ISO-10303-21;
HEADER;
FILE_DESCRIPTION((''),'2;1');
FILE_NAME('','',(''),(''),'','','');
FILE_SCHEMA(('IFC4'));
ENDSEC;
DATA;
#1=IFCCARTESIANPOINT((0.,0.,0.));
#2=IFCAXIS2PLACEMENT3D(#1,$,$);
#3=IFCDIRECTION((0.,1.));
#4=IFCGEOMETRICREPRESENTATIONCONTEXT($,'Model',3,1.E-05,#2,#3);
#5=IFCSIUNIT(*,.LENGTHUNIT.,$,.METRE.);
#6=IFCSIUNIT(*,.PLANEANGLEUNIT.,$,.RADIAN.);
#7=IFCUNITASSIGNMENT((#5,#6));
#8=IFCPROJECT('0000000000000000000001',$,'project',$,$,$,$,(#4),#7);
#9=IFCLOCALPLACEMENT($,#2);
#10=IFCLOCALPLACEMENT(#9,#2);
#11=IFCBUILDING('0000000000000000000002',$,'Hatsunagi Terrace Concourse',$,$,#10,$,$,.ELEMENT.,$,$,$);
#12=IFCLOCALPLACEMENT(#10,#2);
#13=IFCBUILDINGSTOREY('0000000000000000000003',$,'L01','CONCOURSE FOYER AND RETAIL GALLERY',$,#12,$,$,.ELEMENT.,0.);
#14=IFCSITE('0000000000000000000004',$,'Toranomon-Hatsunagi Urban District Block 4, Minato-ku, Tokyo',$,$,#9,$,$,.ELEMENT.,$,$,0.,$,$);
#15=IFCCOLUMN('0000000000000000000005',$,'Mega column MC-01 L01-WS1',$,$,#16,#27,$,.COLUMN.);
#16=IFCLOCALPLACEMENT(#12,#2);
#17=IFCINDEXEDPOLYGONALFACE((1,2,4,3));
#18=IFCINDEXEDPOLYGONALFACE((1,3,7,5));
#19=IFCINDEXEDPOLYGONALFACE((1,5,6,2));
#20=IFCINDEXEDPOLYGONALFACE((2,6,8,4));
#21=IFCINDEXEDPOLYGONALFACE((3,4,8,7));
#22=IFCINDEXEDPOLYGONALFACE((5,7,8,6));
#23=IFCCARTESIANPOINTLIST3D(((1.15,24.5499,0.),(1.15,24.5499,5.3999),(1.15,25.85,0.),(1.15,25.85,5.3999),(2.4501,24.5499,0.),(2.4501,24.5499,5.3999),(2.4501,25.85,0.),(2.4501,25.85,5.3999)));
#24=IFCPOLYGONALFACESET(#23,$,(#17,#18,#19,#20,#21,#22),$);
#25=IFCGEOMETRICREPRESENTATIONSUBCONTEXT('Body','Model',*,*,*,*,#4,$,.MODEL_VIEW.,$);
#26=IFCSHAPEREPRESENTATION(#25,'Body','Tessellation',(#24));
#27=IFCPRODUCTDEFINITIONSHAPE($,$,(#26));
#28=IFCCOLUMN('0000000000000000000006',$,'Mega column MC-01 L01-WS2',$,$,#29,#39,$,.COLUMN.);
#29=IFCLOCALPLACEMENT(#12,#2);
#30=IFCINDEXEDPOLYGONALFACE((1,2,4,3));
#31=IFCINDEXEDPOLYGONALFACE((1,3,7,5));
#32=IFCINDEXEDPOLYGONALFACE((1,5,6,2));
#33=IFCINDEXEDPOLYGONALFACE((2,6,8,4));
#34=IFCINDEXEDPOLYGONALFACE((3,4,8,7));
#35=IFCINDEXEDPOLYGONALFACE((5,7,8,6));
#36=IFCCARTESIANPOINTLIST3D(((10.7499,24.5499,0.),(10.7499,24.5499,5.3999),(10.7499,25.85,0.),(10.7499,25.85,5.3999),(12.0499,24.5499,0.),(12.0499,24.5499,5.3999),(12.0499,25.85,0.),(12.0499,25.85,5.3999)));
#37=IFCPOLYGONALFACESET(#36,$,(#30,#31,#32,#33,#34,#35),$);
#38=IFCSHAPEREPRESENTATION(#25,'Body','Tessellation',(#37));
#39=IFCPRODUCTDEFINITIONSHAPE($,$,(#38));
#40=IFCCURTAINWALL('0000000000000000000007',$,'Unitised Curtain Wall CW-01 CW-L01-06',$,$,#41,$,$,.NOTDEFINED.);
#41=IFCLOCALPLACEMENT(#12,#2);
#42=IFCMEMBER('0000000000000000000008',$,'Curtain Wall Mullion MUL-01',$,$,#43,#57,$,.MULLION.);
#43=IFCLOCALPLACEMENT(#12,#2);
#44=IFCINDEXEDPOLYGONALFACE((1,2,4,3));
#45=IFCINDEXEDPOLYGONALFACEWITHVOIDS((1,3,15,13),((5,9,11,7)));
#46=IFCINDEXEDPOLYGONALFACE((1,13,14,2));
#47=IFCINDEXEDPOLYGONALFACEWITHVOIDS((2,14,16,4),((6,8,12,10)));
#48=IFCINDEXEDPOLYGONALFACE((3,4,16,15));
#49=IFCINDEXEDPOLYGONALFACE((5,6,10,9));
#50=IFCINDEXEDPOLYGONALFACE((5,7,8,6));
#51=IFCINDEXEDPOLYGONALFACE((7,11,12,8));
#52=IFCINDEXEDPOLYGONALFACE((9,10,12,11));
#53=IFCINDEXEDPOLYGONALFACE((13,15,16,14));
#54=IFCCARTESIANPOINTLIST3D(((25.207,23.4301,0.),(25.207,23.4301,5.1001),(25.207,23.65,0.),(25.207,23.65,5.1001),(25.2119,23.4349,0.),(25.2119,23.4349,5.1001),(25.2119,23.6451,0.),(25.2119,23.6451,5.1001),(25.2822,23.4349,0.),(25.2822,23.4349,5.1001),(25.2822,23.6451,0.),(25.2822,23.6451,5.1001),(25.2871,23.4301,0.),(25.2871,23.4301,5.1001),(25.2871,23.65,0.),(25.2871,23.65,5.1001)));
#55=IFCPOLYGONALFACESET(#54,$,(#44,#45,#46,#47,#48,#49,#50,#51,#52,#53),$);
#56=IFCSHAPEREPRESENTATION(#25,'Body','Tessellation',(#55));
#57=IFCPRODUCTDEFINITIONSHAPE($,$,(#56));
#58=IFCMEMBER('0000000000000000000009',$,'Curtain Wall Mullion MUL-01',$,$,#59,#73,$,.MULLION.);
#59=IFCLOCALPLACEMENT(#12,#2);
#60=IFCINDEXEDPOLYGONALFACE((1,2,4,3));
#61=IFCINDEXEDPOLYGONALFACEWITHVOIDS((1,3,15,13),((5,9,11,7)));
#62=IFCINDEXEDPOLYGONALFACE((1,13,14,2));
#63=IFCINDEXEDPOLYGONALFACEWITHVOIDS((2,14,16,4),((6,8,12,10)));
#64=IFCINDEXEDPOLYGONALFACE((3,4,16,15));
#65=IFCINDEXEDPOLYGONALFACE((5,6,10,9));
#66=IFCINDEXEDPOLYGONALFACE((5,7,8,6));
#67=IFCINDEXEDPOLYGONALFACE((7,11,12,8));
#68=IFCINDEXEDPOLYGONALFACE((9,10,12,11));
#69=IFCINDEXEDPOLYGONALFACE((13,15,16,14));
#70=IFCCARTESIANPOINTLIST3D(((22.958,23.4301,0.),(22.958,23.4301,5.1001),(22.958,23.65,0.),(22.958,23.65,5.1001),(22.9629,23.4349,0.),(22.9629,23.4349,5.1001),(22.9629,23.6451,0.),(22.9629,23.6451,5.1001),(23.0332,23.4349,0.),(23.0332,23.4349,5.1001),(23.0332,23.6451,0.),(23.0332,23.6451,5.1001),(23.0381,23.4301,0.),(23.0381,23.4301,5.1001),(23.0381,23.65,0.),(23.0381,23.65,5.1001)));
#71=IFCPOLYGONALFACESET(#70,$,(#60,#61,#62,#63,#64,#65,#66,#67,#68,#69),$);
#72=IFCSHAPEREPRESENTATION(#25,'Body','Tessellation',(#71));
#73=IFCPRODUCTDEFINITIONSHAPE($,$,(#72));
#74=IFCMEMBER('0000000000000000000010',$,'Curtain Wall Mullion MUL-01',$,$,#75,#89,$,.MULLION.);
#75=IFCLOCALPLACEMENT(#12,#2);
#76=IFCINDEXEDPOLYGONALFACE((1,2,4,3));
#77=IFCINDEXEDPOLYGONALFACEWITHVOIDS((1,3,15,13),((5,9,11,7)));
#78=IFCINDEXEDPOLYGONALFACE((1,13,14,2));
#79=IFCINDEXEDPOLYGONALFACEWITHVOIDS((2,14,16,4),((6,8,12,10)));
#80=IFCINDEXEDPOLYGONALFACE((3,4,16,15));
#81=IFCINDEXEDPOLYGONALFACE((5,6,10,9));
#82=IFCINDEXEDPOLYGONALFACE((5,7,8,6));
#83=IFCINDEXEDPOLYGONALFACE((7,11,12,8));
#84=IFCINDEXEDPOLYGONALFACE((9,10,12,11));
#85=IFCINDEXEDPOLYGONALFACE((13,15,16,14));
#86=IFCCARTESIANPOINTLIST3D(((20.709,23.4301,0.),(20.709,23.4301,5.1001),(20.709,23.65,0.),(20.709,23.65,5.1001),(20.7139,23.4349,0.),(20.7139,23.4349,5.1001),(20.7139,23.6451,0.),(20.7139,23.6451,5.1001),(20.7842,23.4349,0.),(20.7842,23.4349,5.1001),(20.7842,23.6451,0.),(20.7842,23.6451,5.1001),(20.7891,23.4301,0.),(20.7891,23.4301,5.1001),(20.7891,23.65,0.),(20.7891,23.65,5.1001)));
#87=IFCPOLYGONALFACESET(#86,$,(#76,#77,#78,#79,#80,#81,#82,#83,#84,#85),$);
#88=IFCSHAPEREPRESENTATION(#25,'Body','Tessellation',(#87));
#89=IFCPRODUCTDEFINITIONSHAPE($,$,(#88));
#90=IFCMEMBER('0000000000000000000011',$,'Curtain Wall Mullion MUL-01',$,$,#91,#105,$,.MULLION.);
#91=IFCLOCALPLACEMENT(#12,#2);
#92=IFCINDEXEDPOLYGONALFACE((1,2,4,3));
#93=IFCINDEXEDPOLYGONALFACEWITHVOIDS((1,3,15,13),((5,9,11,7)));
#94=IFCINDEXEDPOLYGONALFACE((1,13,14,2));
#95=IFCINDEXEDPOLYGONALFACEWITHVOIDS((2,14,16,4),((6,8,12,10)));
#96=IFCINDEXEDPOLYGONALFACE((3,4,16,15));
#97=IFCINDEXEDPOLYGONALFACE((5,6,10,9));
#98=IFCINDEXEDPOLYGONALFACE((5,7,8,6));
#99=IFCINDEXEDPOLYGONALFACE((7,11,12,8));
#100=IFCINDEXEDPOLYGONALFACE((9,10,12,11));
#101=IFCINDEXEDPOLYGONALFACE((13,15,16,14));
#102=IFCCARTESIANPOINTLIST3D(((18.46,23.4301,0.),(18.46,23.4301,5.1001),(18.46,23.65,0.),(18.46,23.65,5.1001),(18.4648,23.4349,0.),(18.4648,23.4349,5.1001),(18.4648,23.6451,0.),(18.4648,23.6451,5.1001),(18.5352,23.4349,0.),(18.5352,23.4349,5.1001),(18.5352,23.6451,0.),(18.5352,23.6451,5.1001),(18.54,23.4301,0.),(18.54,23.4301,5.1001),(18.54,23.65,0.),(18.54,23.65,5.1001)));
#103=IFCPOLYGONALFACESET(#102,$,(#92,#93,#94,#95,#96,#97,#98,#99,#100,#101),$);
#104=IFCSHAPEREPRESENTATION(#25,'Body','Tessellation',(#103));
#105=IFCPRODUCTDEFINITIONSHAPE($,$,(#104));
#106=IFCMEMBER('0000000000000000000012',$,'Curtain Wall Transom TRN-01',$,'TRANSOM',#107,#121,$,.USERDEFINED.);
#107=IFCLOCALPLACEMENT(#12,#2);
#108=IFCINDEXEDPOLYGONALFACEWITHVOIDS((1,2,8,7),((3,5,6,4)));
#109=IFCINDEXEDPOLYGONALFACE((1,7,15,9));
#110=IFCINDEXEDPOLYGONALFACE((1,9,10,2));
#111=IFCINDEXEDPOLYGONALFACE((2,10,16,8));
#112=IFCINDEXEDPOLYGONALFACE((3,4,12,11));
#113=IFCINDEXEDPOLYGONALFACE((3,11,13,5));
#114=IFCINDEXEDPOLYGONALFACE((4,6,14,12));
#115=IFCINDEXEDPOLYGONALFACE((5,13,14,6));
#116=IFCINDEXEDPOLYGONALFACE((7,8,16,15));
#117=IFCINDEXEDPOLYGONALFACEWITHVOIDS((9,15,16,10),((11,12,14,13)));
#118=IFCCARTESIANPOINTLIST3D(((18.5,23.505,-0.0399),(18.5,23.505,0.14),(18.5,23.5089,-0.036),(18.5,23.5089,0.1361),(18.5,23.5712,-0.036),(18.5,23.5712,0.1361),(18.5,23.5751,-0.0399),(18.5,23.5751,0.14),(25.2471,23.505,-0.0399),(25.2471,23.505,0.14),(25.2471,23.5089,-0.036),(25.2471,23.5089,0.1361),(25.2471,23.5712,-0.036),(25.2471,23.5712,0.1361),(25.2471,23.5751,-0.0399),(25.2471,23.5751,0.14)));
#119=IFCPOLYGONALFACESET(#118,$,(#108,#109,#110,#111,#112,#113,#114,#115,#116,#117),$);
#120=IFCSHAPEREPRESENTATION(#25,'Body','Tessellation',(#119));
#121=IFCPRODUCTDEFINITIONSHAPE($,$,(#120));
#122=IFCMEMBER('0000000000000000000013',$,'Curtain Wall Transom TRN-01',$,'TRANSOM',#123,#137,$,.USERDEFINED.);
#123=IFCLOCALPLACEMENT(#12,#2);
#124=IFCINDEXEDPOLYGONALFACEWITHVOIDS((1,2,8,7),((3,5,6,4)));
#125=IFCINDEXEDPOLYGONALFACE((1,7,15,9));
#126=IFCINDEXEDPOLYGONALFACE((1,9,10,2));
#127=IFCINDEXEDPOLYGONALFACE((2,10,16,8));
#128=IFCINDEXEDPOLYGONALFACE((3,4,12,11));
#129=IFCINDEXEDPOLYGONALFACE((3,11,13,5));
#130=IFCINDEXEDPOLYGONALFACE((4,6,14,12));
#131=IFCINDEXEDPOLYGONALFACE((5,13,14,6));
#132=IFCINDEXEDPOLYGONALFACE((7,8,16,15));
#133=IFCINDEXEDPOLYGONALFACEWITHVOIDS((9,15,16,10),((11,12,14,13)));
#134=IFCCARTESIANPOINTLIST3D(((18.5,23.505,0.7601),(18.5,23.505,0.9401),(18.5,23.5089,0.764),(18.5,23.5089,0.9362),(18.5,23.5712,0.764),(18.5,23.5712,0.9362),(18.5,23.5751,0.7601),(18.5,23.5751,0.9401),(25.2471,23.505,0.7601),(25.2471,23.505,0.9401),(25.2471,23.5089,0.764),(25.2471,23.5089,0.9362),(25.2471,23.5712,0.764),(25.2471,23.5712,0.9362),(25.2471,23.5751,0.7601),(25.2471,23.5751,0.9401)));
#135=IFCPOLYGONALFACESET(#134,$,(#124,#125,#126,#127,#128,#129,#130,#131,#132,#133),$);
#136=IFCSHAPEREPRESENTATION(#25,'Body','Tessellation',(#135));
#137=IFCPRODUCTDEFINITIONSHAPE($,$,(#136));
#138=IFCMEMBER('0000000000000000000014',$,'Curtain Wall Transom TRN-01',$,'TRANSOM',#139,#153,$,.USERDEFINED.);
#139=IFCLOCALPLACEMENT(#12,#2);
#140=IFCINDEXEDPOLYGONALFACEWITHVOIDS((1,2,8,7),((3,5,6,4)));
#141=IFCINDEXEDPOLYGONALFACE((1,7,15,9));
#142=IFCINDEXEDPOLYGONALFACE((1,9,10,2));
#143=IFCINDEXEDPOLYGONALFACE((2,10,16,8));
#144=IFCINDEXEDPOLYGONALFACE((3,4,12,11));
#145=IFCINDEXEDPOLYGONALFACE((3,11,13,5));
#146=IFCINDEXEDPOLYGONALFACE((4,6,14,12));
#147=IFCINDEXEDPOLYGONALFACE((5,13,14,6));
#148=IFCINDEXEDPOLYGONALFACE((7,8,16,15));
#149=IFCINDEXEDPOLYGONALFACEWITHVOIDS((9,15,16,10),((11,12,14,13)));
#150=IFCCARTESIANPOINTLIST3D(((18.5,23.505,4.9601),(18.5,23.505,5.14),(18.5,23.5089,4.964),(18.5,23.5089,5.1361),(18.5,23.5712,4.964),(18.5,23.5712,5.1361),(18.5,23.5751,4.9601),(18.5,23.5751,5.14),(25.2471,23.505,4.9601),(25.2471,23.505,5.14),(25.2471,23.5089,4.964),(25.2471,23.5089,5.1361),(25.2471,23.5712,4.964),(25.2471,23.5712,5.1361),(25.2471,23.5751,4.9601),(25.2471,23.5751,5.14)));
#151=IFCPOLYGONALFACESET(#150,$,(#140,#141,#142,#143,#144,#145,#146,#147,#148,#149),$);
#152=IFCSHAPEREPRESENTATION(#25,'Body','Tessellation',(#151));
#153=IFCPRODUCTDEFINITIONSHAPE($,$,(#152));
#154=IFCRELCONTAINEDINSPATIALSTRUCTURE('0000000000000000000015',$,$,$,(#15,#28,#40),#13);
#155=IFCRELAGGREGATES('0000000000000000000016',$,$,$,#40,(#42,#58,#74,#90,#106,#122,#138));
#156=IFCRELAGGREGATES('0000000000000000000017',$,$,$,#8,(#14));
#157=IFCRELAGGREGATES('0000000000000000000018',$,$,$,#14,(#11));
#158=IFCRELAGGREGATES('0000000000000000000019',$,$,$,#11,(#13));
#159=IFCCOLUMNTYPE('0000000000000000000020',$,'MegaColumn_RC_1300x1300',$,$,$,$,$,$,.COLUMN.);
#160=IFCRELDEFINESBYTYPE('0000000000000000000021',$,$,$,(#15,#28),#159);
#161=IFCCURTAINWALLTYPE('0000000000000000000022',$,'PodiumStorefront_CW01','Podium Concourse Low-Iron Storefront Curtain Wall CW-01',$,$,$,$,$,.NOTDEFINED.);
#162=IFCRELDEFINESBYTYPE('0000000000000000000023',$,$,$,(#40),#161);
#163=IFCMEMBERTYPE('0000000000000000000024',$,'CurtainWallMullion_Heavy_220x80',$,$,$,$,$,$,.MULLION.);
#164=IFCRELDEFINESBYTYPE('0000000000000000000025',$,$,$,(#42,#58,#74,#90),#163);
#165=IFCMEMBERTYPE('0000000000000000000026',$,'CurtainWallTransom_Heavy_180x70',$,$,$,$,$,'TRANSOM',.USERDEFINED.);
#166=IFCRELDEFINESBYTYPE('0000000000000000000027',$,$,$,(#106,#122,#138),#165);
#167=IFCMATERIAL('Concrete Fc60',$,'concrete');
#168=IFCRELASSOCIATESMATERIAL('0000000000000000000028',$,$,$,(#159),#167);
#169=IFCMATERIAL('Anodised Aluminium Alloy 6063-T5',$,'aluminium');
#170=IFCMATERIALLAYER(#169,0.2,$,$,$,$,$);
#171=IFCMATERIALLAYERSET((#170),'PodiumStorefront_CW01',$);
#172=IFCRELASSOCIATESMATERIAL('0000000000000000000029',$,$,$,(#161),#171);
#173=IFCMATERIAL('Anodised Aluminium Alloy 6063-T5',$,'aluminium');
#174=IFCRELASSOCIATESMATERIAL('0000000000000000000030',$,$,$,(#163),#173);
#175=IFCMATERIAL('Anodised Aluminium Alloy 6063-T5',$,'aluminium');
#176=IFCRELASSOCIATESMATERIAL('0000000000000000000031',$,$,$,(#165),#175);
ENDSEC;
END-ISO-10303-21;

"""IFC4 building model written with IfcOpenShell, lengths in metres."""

from ifc_helpers import new_model, si_unit, direction, frame, origin, origin_2d, place, context, subcontext, project, spatial, rectangle, hollow_rectangle, extrude, material, layer, layer_set, material_profile, profile_set, type_object, element, aggregate, save


model = new_model("IFC4")

# Units and contexts
model_context = context("Model", 3, precision=1e-05, world=origin(), true_north=direction((0.0, 1.0)))
body_context = subcontext(model_context, "Body", "Model", "MODEL_VIEW")
ifc_project = project(units=[si_unit("LENGTHUNIT", "METRE"), si_unit("PLANEANGLEUNIT", "RADIAN")], contexts=[model_context])

# Site, building, storey
site_placement = place(None, origin())
site = spatial("IfcSite", under=ifc_project, at=site_placement, Name="Toranomon-Hatsunagi Urban District Block 4, Minato-ku, Tokyo", CompositionType="ELEMENT", RefElevation=0.0)
building_placement = place(site_placement, origin())
building = spatial("IfcBuilding", under=site, at=building_placement, Name="Hatsunagi Terrace Concourse", CompositionType="ELEMENT")
storey_placement = place(building_placement, origin())
storey = spatial("IfcBuildingStorey", under=building, at=storey_placement, Name="L01", Description="CONCOURSE FOYER AND RETAIL GALLERY", CompositionType="ELEMENT", Elevation=0.0)

# Columns
ifc_material_1 = material(Name="Concrete Fc60", Category="concrete")
ifc_material_profile_1 = material_profile(ifc_material_1, rectangle(XDim=1.3, YDim=1.3, at=origin_2d()), Name="RC-1300x1300")
ifc_profile_set_1 = profile_set([ifc_material_profile_1], Name="Concrete Fc60")
column_type = type_object("IfcColumnType", Name="MegaColumn_RC_1300x1300", PredefinedType="COLUMN", material=ifc_profile_set_1)
for number, where, z_axis, x_axis, name in (
    (1, (1.8, 25.2, 0.0), (0.0, 0.0, 1.0), (1.0, 0.0, 0.0), "Mega column MC-01 L01-WS1"),
    (2, (11.3999, 25.2, 0.0), (0.0, 0.0, 1.0), (1.0, 0.0, 0.0), "Mega column MC-01 L01-WS2"),
):
    element("IfcColumn", number, at=place(storey_placement, frame(where, z_axis=z_axis, x_axis=x_axis)), inside=storey, type_object=column_type, Name=name, PredefinedType="COLUMN", context=body_context, shape_type="SweptSolid", body=[
        extrude(rectangle(XDim=1.3, YDim=1.3, at=origin_2d()), origin(), (0.0, 0.0, 1.0), 5.3999),
    ])

# Curtain wall, members
ifc_material_2 = material(Name="Anodised Aluminium Alloy 6063-T5", Category="aluminium")
ifc_layer_1 = layer(ifc_material_2, 0.2)
ifc_layer_set_1 = layer_set([ifc_layer_1], Name="PodiumStorefront_CW01")
curtain_wall_type = type_object("IfcCurtainWallType", Name="PodiumStorefront_CW01", Description="Podium Concourse Low-Iron Storefront Curtain Wall CW-01", PredefinedType="NOTDEFINED", material=ifc_layer_set_1)
curtain_wall_placement = place(storey_placement, origin())
curtain_wall = element("IfcCurtainWall", 3, at=curtain_wall_placement, inside=storey, type_object=curtain_wall_type, Name="Unitised Curtain Wall CW-01 CW-L01-06", PredefinedType="NOTDEFINED")
ifc_material_3 = material(Name="Anodised Aluminium Alloy 6063-T5", Category="aluminium")
ifc_material_profile_2 = material_profile(ifc_material_3, hollow_rectangle(XDim=0.0801, YDim=0.22, WallThickness=0.0049, at=origin_2d()), Name="ALU-MUL-220x80x5")
ifc_profile_set_2 = profile_set([ifc_material_profile_2], Name="Anodised Aluminium Alloy 6063-T5")
member_type_1 = type_object("IfcMemberType", Name="CurtainWallMullion_Heavy_220x80", PredefinedType="MULLION", material=ifc_profile_set_2)
member_1_placement = place(storey_placement, frame((25.2471, 23.54, 0.0), z_axis=(0.0, 0.0, 1.0), x_axis=(-1.0, 0.0, 0.0)))
member_1 = element("IfcMember", 4, at=member_1_placement, type_object=member_type_1, Name="Curtain Wall Mullion MUL-01", PredefinedType="MULLION", context=body_context, shape_type="SweptSolid", body=[
    extrude(hollow_rectangle(XDim=0.0801, YDim=0.22, WallThickness=0.0049, at=origin_2d()), origin(), (0.0, 0.0, 1.0), 5.1001),
])
member_2_placement = place(storey_placement, frame((22.998, 23.54, 0.0), z_axis=(0.0, 0.0, 1.0), x_axis=(-1.0, 0.0, 0.0)))
member_2 = element("IfcMember", 5, at=member_2_placement, type_object=member_type_1, Name="Curtain Wall Mullion MUL-01", PredefinedType="MULLION", context=body_context, shape_type="SweptSolid", body=[
    extrude(hollow_rectangle(XDim=0.0801, YDim=0.22, WallThickness=0.0049, at=origin_2d()), origin(), (0.0, 0.0, 1.0), 5.1001),
])
member_3_placement = place(storey_placement, frame((20.749, 23.54, 0.0), z_axis=(0.0, 0.0, 1.0), x_axis=(-1.0, 0.0, 0.0)))
member_3 = element("IfcMember", 6, at=member_3_placement, type_object=member_type_1, Name="Curtain Wall Mullion MUL-01", PredefinedType="MULLION", context=body_context, shape_type="SweptSolid", body=[
    extrude(hollow_rectangle(XDim=0.0801, YDim=0.22, WallThickness=0.0049, at=origin_2d()), origin(), (0.0, 0.0, 1.0), 5.1001),
])
member_4_placement = place(storey_placement, frame((18.5, 23.54, 0.0), z_axis=(0.0, 0.0, 1.0), x_axis=(-1.0, 0.0, 0.0)))
member_4 = element("IfcMember", 7, at=member_4_placement, type_object=member_type_1, Name="Curtain Wall Mullion MUL-01", PredefinedType="MULLION", context=body_context, shape_type="SweptSolid", body=[
    extrude(hollow_rectangle(XDim=0.0801, YDim=0.22, WallThickness=0.0049, at=origin_2d()), origin(), (0.0, 0.0, 1.0), 5.1001),
])
ifc_material_4 = material(Name="Anodised Aluminium Alloy 6063-T5", Category="aluminium")
ifc_material_profile_3 = material_profile(ifc_material_4, hollow_rectangle(XDim=0.0701, YDim=0.1799, WallThickness=0.0039, at=origin_2d()), Name="ALU-TRN-180x70x4")
ifc_profile_set_3 = profile_set([ifc_material_profile_3], Name="Anodised Aluminium Alloy 6063-T5")
member_type_2 = type_object("IfcMemberType", Name="CurtainWallTransom_Heavy_180x70", ElementType="TRANSOM", PredefinedType="USERDEFINED", material=ifc_profile_set_3)
member_5_placement = place(storey_placement, frame((25.2471, 23.54, 0.05), z_axis=(-1.0, 0.0, 0.0), x_axis=(0.0, -1.0, 0.0)))
member_5 = element("IfcMember", 8, at=member_5_placement, type_object=member_type_2, Name="Curtain Wall Transom TRN-01", ObjectType="TRANSOM", PredefinedType="USERDEFINED", context=body_context, shape_type="SweptSolid", body=[
    extrude(hollow_rectangle(XDim=0.0701, YDim=0.1799, WallThickness=0.0039, at=origin_2d()), origin(), (0.0, 0.0, 1.0), 6.7471),
])
member_6_placement = place(storey_placement, frame((25.2471, 23.54, 0.8501), z_axis=(-1.0, 0.0, 0.0), x_axis=(0.0, -1.0, 0.0)))
member_6 = element("IfcMember", 9, at=member_6_placement, type_object=member_type_2, Name="Curtain Wall Transom TRN-01", ObjectType="TRANSOM", PredefinedType="USERDEFINED", context=body_context, shape_type="SweptSolid", body=[
    extrude(hollow_rectangle(XDim=0.0701, YDim=0.1799, WallThickness=0.0039, at=origin_2d()), origin(), (0.0, 0.0, 1.0), 6.7471),
])
member_7_placement = place(storey_placement, frame((25.2471, 23.54, 5.05), z_axis=(-1.0, 0.0, 0.0), x_axis=(0.0, -1.0, 0.0)))
member_7 = element("IfcMember", 10, at=member_7_placement, type_object=member_type_2, Name="Curtain Wall Transom TRN-01", ObjectType="TRANSOM", PredefinedType="USERDEFINED", context=body_context, shape_type="SweptSolid", body=[
    extrude(hollow_rectangle(XDim=0.0701, YDim=0.1799, WallThickness=0.0039, at=origin_2d()), origin(), (0.0, 0.0, 1.0), 6.7471),
])

aggregate(curtain_wall, [member_1, member_2, member_3, member_4, member_5, member_6, member_7])

save(model, "model.ifc")
